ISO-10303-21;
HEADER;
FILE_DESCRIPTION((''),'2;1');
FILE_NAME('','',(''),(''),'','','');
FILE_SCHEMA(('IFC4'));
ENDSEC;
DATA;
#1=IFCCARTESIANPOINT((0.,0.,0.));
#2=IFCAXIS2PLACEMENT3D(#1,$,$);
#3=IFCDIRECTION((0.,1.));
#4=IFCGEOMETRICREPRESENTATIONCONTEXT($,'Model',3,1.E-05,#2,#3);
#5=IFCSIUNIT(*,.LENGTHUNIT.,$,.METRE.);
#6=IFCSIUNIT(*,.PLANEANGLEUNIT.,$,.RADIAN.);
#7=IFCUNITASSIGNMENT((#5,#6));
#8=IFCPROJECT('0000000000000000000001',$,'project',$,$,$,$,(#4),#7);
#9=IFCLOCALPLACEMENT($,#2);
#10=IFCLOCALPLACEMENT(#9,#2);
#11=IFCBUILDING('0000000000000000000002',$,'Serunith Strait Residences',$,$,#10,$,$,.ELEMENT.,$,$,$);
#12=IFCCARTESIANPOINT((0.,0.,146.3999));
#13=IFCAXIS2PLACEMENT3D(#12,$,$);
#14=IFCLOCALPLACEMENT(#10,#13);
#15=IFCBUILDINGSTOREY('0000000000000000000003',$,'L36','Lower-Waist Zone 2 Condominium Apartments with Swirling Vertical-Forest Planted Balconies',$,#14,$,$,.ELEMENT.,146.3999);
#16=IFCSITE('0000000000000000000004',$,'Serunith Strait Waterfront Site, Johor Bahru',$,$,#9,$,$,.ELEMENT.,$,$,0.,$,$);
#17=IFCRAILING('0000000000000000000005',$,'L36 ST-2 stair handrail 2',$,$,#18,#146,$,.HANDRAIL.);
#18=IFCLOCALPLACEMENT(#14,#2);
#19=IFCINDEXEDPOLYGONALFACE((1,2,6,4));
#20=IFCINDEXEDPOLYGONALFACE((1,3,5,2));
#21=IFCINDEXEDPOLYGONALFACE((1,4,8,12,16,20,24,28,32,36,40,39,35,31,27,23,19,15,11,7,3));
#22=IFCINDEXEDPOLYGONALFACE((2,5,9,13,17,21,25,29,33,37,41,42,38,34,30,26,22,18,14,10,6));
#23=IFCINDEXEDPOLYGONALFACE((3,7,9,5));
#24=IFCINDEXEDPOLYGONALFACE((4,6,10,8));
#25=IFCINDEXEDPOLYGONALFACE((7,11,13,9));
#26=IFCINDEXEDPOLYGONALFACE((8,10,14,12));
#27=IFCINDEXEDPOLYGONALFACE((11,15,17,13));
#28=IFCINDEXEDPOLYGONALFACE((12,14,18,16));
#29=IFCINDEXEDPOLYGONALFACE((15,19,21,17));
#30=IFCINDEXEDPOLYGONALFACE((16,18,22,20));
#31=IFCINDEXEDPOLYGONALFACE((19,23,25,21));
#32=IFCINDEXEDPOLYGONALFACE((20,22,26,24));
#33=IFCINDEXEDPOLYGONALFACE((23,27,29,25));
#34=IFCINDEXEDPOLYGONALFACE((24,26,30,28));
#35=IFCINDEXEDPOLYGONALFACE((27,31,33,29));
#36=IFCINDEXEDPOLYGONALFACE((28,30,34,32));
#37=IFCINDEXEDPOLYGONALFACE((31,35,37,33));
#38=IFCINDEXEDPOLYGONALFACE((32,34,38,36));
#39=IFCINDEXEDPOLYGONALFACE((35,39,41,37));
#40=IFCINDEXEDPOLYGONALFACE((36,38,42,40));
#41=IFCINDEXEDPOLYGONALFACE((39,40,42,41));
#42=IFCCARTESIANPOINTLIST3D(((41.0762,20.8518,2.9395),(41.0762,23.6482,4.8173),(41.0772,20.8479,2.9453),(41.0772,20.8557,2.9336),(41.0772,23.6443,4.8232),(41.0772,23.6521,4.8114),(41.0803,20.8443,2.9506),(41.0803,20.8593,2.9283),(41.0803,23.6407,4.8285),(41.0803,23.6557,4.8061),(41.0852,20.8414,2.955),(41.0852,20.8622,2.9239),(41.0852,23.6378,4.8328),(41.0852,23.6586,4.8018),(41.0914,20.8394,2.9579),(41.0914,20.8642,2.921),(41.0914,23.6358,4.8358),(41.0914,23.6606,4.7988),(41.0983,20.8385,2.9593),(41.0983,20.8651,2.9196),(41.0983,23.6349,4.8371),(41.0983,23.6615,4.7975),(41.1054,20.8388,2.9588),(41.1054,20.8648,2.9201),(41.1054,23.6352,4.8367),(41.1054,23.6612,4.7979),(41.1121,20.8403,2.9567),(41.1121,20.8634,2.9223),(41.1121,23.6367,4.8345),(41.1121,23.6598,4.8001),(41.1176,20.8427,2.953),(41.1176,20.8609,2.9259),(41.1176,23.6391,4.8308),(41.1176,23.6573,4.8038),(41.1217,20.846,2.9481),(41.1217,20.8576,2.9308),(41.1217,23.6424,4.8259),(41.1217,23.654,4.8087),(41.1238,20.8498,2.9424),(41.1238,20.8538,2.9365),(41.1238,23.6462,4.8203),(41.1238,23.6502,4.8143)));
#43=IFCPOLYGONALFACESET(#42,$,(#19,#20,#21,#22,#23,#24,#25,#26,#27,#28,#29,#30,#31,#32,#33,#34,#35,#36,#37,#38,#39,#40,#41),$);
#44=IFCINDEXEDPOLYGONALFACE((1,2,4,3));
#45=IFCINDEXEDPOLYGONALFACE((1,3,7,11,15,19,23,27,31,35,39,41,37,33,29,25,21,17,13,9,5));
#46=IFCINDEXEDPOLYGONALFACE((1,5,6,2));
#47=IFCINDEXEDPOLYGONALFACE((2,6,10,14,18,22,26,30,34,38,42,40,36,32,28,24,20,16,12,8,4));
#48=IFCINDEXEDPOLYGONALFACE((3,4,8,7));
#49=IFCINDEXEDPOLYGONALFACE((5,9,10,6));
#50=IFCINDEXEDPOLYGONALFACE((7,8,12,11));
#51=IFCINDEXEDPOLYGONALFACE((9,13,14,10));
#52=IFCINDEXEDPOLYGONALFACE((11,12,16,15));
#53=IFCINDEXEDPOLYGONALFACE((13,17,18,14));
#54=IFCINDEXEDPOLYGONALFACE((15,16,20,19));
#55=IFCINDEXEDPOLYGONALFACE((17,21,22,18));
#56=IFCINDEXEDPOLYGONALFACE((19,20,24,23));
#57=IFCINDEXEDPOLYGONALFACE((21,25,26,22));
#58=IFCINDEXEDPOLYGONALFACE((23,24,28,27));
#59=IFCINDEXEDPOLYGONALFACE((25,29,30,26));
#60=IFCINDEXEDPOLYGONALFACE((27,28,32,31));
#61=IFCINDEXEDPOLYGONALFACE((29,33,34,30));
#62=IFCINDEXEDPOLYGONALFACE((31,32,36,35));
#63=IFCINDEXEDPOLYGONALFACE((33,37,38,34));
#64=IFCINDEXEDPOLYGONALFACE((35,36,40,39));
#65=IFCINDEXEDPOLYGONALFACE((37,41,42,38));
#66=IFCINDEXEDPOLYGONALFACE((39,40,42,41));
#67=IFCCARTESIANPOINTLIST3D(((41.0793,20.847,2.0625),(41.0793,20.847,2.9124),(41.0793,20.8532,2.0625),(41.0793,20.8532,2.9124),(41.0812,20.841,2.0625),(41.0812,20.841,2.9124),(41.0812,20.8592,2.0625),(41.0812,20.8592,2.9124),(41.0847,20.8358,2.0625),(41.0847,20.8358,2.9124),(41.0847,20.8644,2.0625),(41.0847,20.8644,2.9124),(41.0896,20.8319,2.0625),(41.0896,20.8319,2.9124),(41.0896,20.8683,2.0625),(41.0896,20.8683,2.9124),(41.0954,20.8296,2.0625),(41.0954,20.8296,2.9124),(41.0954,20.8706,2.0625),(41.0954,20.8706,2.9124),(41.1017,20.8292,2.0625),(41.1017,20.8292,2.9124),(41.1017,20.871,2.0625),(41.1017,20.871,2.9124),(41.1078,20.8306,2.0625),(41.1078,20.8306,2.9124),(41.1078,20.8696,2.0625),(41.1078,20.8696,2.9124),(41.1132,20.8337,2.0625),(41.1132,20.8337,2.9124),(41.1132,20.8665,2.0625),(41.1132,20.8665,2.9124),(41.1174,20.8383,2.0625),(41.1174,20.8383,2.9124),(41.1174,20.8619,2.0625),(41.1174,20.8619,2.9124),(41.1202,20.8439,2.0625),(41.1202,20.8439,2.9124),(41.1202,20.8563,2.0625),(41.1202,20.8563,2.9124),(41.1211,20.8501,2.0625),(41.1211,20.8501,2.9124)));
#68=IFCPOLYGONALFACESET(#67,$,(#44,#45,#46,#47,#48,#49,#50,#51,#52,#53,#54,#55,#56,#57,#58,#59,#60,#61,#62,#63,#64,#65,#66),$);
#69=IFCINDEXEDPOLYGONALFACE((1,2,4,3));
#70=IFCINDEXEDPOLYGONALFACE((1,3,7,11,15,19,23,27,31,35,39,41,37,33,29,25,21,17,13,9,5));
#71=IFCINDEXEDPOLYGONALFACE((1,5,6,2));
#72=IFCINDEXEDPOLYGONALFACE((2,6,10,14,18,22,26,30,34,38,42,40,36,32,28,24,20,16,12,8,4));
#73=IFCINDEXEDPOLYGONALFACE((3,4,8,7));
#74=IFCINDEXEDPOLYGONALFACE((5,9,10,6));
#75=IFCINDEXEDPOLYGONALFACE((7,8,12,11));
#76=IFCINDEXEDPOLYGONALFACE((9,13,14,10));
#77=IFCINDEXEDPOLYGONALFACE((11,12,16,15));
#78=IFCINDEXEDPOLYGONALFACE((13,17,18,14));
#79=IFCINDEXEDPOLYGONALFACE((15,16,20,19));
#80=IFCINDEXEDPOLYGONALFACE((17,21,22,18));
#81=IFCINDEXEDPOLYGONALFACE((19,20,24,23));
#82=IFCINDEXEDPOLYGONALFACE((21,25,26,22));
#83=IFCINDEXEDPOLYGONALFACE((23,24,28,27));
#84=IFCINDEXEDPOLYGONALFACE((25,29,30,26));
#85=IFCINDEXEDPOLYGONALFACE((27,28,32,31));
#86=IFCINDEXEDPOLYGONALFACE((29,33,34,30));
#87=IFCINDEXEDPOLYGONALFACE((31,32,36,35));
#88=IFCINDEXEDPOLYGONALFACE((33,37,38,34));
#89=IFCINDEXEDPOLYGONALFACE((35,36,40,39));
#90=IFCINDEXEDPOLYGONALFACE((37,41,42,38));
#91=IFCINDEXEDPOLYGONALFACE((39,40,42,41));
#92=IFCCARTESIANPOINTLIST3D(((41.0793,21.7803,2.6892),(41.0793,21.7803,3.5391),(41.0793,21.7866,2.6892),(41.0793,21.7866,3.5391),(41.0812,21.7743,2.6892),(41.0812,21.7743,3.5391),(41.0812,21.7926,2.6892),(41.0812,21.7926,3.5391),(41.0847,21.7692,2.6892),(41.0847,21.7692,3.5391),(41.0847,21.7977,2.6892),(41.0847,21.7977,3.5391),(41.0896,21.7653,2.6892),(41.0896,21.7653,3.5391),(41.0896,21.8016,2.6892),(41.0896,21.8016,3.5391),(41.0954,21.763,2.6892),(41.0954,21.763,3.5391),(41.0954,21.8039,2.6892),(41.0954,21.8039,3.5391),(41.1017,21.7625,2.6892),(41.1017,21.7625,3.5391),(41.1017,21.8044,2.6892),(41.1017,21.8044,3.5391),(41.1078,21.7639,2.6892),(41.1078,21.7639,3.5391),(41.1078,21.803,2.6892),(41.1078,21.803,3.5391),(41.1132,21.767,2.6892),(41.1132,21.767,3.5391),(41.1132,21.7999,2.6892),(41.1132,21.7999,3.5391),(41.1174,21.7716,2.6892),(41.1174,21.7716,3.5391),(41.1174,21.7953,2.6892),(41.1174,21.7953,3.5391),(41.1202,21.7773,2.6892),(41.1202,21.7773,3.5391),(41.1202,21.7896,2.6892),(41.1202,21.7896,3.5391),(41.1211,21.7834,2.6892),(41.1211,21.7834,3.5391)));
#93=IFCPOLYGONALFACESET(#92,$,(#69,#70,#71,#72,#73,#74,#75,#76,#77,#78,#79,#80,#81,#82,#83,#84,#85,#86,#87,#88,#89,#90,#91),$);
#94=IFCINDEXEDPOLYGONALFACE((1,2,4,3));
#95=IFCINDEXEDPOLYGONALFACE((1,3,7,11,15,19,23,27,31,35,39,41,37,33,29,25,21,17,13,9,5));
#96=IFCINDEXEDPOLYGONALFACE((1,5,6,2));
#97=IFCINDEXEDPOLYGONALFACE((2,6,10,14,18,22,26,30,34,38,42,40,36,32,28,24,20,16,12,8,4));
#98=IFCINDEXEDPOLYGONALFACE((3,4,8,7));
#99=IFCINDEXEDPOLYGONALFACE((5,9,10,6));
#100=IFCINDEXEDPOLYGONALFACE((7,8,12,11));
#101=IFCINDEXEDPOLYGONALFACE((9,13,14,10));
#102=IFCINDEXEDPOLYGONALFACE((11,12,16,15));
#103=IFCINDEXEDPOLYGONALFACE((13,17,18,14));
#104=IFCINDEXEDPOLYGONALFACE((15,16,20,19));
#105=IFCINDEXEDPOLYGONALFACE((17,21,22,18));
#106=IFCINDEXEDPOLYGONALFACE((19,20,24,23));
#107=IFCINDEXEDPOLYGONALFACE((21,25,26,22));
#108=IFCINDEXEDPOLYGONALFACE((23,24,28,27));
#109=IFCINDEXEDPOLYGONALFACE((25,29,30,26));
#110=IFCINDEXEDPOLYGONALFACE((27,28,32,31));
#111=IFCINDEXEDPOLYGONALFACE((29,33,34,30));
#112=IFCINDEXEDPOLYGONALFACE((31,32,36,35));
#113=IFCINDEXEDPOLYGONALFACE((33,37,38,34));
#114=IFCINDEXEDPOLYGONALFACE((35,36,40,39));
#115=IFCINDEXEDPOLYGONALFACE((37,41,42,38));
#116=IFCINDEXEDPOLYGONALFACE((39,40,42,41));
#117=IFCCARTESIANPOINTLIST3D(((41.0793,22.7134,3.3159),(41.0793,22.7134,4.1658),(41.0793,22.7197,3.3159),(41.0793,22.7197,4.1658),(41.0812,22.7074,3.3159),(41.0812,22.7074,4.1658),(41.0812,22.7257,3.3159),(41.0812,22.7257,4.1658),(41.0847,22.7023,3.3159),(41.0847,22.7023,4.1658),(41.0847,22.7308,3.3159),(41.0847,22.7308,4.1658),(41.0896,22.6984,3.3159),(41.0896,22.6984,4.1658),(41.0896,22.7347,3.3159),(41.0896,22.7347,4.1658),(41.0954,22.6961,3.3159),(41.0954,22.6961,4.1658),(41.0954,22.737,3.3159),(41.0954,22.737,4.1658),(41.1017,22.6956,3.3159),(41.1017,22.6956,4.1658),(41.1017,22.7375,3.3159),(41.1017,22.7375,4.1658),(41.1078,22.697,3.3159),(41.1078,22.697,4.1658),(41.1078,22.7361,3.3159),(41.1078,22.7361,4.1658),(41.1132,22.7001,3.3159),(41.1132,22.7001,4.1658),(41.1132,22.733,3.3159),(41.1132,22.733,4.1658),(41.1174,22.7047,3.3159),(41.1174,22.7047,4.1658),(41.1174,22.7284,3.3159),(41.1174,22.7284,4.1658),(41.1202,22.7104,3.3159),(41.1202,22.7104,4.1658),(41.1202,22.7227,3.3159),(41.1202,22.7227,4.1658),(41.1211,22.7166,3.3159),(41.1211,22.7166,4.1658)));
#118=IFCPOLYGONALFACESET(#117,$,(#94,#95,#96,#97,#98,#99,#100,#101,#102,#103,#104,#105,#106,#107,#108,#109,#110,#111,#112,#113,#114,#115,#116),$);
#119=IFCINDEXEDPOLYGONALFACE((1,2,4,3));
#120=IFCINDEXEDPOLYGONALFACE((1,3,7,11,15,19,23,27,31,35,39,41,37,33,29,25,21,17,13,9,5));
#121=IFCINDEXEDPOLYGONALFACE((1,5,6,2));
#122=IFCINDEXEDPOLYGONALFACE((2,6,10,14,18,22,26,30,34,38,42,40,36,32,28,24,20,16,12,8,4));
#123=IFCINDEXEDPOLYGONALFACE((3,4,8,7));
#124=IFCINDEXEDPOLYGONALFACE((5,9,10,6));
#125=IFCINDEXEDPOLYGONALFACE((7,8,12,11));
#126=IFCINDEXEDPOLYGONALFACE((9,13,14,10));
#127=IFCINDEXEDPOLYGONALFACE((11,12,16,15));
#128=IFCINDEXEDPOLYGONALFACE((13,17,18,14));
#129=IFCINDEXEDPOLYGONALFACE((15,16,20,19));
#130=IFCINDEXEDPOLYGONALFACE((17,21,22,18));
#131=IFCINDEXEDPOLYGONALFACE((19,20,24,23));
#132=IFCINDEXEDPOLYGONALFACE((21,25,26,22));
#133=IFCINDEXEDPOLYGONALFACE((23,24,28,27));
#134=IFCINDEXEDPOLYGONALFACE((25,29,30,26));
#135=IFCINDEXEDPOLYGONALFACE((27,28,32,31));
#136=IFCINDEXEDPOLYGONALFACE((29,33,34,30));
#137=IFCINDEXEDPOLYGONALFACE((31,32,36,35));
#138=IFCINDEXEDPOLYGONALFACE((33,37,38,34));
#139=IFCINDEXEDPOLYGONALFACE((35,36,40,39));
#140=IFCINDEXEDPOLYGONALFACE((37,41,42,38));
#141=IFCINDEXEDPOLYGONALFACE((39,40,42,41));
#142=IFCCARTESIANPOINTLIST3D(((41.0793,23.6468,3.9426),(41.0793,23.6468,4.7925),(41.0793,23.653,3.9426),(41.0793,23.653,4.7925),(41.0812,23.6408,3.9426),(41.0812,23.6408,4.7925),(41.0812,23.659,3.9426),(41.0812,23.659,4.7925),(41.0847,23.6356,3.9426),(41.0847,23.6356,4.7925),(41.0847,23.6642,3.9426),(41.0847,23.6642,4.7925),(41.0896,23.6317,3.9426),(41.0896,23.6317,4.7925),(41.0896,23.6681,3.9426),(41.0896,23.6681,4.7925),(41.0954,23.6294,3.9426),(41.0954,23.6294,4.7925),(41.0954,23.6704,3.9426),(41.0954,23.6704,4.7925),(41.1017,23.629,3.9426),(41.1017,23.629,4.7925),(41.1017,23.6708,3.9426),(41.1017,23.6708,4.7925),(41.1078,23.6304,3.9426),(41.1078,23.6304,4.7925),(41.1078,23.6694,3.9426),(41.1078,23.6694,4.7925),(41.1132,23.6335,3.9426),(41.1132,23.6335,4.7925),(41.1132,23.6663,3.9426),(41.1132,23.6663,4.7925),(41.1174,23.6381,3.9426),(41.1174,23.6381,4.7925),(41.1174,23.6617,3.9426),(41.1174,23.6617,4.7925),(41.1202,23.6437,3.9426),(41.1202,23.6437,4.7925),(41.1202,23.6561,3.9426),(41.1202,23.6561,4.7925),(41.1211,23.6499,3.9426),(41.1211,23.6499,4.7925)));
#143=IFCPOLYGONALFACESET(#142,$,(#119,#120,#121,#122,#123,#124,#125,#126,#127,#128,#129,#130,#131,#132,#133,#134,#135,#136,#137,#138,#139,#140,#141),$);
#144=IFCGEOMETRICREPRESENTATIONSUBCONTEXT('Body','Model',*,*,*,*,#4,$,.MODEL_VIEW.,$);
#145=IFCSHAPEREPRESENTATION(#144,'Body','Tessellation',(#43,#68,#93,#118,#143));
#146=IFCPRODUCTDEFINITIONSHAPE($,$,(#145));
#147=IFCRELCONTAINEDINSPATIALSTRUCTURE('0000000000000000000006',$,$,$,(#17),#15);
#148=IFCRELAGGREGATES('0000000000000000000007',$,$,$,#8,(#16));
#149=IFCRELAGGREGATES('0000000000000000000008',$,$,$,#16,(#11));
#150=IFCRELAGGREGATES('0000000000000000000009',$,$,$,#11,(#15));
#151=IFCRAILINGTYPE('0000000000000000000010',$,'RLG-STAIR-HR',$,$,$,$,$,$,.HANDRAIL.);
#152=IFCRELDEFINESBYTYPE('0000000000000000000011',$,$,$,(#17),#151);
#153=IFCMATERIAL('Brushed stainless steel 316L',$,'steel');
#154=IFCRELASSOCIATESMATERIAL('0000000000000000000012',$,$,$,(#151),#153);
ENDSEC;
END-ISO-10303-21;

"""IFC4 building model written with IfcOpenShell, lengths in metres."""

from ifc_helpers import new_model, si_unit, direction, frame, origin, origin_2d, place, context, subcontext, project, spatial, circle, extrude, material, type_object, element, save


model = new_model("IFC4")

# Units and contexts
model_context = context("Model", 3, precision=1e-05, world=origin(), true_north=direction((0.0, 1.0)))
body_context = subcontext(model_context, "Body", "Model", "MODEL_VIEW")
ifc_project = project(units=[si_unit("LENGTHUNIT", "METRE"), si_unit("PLANEANGLEUNIT", "RADIAN")], contexts=[model_context])

# Site, building, storey
site_placement = place(None, origin())
site = spatial("IfcSite", under=ifc_project, at=site_placement, Name="Serunith Strait Waterfront Site, Johor Bahru", CompositionType="ELEMENT", RefElevation=0.0)
building_placement = place(site_placement, origin())
building = spatial("IfcBuilding", under=site, at=building_placement, Name="Serunith Strait Residences", CompositionType="ELEMENT")
storey_placement = place(building_placement, frame((0.0, 0.0, 146.3999)))
storey = spatial("IfcBuildingStorey", under=building, at=storey_placement, Name="L36", Description="Lower-Waist Zone 2 Condominium Apartments with Swirling Vertical-Forest Planted Balconies", CompositionType="ELEMENT", Elevation=146.3999)

# Railing
ifc_material_1 = material(Name="Brushed stainless steel 316L", Category="steel")
railing_type_1 = type_object("IfcRailingType", Name="RLG-STAIR-HR", PredefinedType="HANDRAIL", material=ifc_material_1)
railing_1_placement = place(storey_placement, frame((41.1001, 20.8501, 2.0625)))
element("IfcRailing", 1, at=railing_1_placement, inside=storey, type_object=railing_type_1, Name="L36 ST-2 stair handrail 2", PredefinedType="HANDRAIL", context=body_context, shape_type="SweptSolid", body=[
    extrude(circle(Radius=0.0239, at=origin_2d()), frame((0.0, 0.0017, 0.877), z_axis=(0.0, 0.830186, 0.557487), x_axis=(-1.0, 0.0, 0.0)), (0.0, 0.0, 1.0), 3.3684),
    extrude(circle(Radius=0.021, at=origin_2d()), origin(), (0.0, 0.0, 1.0), 0.8499),
    extrude(circle(Radius=0.021, at=origin_2d()), frame((0.0, 0.9333, 0.6267)), (0.0, 0.0, 1.0), 0.8499),
    extrude(circle(Radius=0.021, at=origin_2d()), frame((0.0, 1.8665, 1.2534)), (0.0, 0.0, 1.0), 0.8499),
    extrude(circle(Radius=0.021, at=origin_2d()), frame((0.0, 2.7998, 1.8801)), (0.0, 0.0, 1.0), 0.8499),
])

save(model, "model.ifc")
